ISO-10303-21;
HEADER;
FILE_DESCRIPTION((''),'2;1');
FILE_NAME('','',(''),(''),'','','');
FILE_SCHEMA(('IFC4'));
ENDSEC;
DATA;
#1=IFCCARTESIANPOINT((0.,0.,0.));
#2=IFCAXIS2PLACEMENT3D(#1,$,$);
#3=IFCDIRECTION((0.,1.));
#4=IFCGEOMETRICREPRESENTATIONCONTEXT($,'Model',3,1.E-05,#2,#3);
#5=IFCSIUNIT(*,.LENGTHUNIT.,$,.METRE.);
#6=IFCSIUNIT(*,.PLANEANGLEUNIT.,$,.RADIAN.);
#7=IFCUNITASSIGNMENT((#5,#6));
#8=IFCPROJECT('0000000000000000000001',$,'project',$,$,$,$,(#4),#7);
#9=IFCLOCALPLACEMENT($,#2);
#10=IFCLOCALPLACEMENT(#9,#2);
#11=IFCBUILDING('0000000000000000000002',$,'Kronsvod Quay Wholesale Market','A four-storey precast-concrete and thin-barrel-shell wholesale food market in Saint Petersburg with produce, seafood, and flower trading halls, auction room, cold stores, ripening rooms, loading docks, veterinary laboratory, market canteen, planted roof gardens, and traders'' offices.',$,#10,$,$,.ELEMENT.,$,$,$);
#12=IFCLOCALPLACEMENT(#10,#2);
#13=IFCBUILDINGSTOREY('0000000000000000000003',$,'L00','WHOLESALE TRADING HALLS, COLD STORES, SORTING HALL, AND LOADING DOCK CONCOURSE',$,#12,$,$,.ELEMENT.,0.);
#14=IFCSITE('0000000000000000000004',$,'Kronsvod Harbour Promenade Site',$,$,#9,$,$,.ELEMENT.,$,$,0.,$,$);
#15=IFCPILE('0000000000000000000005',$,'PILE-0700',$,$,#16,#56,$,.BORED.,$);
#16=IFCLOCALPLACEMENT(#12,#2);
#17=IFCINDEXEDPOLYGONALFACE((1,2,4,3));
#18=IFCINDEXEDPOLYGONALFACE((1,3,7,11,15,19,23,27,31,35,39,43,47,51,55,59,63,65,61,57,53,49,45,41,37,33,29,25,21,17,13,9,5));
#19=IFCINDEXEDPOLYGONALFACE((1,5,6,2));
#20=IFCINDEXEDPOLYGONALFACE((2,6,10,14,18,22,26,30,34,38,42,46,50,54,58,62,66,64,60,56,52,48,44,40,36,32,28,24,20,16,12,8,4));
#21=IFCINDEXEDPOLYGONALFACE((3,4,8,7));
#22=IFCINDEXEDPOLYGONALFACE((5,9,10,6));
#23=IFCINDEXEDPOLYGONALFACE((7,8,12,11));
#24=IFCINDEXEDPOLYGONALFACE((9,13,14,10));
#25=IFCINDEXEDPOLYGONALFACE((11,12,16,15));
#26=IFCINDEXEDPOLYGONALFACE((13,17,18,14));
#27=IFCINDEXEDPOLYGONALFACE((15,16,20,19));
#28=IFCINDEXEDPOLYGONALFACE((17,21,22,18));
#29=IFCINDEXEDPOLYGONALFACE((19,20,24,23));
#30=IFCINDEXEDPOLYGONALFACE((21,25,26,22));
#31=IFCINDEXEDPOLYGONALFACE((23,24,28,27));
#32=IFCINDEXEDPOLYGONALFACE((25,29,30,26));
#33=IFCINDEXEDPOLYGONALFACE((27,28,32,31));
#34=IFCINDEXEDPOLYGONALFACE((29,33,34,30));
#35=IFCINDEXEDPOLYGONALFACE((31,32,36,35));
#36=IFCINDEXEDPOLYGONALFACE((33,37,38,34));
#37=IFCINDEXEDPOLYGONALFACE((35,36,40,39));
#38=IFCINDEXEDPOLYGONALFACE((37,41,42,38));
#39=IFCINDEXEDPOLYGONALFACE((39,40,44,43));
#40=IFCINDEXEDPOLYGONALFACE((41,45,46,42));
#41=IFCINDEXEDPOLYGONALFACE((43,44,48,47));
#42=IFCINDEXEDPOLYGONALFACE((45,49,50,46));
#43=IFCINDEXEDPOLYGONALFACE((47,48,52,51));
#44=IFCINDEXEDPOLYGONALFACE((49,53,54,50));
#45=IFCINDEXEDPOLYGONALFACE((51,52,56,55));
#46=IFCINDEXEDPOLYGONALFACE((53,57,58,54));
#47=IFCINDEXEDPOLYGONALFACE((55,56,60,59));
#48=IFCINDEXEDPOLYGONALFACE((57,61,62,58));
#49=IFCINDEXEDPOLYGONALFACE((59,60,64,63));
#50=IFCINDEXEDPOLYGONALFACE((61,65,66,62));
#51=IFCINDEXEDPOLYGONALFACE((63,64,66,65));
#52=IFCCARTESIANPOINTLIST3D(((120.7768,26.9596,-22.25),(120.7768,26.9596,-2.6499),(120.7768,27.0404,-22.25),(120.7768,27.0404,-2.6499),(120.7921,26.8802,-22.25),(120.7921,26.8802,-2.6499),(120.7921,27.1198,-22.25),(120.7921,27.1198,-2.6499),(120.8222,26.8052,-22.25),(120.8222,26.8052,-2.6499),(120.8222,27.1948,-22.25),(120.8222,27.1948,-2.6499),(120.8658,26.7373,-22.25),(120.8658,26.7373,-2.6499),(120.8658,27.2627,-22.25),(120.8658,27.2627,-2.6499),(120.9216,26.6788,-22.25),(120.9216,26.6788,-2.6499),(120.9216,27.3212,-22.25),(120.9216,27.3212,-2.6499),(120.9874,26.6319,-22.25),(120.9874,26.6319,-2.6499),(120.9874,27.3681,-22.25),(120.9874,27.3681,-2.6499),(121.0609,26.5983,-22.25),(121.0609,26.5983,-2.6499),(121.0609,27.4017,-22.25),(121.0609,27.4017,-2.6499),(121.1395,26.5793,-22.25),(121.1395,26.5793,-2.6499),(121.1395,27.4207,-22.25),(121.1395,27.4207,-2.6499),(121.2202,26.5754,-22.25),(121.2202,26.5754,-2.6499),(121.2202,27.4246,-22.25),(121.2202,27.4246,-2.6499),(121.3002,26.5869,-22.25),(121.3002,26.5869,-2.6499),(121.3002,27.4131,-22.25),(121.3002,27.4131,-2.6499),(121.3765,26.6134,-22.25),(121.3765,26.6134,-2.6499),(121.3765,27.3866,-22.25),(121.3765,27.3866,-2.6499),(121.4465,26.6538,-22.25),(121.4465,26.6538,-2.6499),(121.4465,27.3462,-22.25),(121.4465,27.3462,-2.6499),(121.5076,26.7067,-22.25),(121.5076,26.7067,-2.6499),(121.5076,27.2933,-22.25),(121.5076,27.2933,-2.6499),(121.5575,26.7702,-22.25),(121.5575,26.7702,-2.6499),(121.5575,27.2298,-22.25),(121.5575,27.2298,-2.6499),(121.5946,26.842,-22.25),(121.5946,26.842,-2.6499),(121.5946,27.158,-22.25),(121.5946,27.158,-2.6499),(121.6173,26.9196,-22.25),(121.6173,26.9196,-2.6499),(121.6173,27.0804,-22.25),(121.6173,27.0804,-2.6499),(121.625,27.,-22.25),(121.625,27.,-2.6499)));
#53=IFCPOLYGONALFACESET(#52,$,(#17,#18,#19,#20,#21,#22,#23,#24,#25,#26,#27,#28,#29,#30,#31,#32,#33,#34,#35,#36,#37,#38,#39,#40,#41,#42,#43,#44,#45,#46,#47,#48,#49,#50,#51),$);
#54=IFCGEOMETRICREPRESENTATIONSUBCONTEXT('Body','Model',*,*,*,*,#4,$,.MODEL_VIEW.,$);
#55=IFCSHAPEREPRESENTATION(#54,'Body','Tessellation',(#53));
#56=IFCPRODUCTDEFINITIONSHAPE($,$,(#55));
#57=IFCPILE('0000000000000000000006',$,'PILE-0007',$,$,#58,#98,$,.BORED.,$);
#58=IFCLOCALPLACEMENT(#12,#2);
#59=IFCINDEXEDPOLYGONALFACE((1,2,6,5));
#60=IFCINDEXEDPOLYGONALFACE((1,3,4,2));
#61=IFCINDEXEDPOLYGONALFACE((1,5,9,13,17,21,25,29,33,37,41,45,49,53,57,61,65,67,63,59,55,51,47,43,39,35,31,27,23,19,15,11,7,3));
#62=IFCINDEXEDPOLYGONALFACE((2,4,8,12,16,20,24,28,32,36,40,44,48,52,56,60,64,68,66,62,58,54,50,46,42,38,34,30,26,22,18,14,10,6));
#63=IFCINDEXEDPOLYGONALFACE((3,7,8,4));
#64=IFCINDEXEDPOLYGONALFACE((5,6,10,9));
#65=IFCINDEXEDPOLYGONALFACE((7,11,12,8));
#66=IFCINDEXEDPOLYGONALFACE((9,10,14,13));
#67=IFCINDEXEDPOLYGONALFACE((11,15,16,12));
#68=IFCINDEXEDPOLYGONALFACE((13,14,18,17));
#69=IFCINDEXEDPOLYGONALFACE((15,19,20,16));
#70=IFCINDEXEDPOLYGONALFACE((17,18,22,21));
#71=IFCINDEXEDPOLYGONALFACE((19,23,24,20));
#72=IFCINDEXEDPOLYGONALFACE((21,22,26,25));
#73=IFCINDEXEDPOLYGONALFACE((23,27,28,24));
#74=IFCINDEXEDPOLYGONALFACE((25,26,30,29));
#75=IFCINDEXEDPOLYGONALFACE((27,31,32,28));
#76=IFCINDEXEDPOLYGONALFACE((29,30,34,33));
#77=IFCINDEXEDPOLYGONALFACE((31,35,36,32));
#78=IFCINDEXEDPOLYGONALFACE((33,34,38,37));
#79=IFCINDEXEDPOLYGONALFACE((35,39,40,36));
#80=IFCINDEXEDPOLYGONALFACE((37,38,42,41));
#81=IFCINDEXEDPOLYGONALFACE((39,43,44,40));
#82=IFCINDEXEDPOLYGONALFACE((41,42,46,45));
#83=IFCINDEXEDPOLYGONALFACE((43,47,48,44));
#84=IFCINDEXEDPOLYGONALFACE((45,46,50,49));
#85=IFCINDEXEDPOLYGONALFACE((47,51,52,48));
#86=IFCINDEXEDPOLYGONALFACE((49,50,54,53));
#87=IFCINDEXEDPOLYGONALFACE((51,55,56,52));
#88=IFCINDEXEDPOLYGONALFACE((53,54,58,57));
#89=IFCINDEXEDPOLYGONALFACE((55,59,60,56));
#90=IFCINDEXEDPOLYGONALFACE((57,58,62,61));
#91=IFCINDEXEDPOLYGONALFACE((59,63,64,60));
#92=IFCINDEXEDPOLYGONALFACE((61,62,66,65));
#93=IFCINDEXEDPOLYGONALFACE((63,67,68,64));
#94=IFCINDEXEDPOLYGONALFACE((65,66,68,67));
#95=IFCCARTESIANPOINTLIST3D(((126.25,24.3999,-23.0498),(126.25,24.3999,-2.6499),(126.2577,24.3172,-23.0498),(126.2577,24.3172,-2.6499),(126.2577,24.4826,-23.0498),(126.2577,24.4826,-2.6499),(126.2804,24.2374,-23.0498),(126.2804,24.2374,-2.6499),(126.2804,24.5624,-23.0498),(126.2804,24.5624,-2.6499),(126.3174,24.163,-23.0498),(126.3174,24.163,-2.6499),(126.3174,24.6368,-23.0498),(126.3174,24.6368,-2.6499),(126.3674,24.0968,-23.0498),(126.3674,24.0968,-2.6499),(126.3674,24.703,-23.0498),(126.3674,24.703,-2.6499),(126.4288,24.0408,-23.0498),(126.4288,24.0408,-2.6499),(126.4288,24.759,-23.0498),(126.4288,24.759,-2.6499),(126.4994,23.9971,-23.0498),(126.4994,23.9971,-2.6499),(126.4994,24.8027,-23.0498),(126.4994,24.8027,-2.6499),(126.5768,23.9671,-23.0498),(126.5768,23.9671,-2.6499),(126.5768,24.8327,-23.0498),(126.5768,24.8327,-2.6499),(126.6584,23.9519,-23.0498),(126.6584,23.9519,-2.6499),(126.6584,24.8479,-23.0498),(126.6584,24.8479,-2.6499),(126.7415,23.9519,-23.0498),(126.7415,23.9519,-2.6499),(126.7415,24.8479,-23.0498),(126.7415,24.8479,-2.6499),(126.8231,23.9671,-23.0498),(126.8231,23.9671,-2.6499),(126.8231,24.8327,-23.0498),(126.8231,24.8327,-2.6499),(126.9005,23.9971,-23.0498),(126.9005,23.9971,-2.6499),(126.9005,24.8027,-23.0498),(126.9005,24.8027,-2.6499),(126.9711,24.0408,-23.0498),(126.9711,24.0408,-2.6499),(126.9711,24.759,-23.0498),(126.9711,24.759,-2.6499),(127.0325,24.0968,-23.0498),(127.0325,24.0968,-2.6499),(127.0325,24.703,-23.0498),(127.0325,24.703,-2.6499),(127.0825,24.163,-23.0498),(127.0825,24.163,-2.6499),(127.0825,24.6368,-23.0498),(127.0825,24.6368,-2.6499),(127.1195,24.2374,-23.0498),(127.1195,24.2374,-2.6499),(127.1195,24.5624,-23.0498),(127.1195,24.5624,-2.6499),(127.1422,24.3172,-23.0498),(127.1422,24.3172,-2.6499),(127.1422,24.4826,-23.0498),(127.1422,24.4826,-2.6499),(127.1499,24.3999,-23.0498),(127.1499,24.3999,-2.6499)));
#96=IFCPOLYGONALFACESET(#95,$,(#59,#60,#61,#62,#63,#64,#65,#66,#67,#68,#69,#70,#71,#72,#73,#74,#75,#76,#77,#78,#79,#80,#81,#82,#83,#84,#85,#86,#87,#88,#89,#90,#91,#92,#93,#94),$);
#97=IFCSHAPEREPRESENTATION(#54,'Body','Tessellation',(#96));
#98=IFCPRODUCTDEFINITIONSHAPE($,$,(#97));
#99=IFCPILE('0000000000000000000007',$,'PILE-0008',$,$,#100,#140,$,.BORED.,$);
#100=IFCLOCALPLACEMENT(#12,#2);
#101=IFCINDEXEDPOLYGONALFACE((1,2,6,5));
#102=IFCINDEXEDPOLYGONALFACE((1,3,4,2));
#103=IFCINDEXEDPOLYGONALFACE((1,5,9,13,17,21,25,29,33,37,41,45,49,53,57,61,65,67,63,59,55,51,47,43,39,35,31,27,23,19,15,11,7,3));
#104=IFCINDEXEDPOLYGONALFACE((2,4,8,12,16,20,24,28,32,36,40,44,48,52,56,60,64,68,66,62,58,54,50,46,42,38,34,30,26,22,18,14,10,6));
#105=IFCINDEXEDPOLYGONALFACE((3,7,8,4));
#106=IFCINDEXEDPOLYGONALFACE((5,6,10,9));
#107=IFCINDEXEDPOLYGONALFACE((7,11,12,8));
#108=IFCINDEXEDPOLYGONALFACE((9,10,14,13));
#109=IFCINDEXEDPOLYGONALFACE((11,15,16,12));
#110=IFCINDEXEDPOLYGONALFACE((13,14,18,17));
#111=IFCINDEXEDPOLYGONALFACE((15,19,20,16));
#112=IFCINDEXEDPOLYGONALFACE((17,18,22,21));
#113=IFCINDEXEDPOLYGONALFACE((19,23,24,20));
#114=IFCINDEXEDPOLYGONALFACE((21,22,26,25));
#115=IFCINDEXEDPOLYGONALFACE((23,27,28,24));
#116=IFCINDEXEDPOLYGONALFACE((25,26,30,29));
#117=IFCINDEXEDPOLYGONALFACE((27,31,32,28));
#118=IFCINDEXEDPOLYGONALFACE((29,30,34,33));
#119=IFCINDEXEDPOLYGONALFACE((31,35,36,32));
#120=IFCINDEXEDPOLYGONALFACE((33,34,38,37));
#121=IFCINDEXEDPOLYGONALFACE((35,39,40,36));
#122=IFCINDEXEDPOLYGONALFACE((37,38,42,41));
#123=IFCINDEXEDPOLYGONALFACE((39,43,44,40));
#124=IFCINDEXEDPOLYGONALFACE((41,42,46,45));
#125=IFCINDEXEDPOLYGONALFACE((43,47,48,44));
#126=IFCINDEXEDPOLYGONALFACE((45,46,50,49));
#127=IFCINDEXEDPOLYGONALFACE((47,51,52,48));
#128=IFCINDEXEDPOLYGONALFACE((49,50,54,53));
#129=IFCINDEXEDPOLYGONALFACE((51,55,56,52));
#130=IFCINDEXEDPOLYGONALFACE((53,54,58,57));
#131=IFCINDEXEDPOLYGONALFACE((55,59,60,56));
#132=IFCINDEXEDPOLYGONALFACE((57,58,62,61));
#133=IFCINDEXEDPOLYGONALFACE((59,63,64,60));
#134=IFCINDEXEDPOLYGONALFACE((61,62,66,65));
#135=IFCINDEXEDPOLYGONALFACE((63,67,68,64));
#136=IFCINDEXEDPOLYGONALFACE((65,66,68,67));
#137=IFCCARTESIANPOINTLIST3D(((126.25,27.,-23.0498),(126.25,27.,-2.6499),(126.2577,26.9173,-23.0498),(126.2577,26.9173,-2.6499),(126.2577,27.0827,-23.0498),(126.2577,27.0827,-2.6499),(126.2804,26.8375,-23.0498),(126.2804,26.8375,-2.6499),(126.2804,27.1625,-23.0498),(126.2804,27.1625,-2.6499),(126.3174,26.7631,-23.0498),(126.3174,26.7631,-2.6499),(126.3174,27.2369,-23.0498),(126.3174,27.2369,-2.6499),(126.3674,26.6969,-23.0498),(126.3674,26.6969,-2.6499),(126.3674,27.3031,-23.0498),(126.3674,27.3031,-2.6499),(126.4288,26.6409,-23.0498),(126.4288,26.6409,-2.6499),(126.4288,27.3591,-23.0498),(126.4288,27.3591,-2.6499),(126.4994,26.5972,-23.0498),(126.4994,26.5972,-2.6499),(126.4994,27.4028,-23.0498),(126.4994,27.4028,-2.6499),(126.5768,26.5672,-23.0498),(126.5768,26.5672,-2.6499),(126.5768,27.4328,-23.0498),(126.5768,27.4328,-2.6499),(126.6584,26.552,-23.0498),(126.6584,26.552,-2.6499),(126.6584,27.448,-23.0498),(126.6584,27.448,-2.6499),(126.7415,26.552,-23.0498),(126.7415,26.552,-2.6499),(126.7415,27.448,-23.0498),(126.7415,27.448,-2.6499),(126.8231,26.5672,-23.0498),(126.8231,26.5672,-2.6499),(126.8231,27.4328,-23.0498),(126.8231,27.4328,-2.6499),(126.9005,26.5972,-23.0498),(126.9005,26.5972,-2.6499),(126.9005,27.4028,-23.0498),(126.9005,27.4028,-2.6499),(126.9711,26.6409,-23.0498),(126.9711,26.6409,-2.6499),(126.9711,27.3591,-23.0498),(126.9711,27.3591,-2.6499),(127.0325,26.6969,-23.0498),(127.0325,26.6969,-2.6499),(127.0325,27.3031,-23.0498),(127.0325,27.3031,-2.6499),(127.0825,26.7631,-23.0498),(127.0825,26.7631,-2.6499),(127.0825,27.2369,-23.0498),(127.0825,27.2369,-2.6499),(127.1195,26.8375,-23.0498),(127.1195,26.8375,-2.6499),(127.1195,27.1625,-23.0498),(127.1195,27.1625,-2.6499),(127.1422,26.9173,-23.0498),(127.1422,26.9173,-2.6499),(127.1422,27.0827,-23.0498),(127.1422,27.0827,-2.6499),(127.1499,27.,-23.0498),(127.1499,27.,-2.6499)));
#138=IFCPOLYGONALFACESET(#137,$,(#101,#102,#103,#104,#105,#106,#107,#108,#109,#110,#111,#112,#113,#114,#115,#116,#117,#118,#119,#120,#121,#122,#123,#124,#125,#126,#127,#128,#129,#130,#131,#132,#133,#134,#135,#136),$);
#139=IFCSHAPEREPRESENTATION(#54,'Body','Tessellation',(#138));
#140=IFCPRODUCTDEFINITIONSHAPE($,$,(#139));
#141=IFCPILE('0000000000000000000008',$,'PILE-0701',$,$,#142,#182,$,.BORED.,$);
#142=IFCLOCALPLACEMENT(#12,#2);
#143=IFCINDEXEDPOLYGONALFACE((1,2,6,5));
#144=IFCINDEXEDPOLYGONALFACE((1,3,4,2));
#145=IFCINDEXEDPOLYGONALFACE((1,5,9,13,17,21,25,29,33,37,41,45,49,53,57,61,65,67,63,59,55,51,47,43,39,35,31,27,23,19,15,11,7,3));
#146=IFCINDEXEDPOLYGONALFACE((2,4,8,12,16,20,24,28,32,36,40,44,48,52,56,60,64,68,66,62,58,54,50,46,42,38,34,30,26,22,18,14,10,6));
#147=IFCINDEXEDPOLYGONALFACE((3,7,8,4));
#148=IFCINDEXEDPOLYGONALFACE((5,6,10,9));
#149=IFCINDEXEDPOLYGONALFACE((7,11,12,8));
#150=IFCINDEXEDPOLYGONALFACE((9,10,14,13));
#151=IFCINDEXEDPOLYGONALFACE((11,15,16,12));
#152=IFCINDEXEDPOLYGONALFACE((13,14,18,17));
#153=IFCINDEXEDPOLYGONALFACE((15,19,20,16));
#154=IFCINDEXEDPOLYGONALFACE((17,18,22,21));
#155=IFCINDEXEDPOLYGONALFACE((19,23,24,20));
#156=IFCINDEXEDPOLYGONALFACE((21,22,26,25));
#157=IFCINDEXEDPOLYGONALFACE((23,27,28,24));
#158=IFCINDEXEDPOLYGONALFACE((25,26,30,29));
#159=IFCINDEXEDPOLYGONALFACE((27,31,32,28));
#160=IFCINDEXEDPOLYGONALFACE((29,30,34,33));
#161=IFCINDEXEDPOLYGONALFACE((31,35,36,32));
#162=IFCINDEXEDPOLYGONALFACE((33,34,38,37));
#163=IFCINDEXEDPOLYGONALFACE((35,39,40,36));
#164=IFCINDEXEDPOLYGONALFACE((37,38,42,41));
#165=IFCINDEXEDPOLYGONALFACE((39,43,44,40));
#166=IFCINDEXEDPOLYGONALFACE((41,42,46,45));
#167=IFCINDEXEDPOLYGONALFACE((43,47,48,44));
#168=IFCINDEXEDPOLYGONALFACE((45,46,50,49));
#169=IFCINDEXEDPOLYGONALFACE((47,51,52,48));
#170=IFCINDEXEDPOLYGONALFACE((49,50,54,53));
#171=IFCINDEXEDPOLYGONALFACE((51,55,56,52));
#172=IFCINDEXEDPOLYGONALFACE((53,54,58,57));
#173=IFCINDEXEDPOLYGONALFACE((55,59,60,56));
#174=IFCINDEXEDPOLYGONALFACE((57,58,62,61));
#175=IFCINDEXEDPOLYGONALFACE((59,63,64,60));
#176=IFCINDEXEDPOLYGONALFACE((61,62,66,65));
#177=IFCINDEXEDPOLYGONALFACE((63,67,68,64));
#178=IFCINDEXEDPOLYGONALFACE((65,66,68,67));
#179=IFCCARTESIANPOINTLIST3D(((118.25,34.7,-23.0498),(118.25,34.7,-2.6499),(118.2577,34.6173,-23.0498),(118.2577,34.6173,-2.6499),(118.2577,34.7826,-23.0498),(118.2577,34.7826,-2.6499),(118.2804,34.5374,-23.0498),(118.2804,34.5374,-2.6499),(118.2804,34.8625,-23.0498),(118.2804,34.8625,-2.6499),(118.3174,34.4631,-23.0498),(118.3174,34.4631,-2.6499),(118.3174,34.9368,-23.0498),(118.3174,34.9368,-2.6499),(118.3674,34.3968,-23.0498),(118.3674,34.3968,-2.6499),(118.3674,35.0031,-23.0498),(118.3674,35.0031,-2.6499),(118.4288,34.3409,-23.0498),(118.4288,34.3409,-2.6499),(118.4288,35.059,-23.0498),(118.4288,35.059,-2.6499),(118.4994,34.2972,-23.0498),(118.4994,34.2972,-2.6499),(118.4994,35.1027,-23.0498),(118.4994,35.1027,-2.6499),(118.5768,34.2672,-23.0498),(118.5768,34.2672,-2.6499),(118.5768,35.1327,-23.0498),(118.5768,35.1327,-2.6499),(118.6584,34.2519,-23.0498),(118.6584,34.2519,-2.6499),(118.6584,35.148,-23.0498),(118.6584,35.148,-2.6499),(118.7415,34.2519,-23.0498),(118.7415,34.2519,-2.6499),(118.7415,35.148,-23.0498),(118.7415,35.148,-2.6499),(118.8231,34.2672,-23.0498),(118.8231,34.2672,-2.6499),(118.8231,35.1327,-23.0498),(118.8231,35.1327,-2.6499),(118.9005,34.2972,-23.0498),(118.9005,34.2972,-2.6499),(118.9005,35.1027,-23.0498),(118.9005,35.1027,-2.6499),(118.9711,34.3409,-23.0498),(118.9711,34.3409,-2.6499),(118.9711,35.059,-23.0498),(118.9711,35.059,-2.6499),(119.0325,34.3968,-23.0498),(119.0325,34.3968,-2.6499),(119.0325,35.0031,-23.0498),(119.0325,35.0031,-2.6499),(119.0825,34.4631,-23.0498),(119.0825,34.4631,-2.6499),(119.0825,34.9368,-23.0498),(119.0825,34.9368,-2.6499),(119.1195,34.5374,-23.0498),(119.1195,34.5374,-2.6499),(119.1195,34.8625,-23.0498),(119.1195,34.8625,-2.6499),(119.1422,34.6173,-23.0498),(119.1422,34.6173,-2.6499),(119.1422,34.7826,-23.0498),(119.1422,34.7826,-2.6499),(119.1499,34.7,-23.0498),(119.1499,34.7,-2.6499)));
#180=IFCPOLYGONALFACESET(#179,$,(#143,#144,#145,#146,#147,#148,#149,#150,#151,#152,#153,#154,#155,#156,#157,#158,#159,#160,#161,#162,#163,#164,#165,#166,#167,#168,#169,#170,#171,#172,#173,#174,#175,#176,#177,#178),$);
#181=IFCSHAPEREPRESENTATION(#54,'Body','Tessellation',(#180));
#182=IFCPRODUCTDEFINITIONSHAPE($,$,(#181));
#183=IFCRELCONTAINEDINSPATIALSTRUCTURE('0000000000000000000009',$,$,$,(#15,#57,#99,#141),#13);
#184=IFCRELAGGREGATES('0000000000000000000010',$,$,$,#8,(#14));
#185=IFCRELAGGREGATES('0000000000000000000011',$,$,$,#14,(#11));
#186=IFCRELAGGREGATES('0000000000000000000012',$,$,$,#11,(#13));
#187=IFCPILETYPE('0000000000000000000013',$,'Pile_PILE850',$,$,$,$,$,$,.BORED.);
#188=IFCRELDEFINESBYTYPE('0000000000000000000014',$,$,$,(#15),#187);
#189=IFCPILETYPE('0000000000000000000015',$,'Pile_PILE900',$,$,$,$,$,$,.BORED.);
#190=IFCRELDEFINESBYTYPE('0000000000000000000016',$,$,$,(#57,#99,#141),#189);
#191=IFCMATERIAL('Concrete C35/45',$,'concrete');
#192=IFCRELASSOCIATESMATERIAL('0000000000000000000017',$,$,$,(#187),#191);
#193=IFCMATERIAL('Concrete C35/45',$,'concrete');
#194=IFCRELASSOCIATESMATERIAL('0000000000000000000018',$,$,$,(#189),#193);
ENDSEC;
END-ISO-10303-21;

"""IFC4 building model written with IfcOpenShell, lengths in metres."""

from ifc_helpers import new_model, si_unit, direction, frame, origin, origin_2d, place, context, subcontext, project, spatial, circle, extrude, material, material_profile, profile_set, type_object, element, save


model = new_model("IFC4")

# Units and contexts
model_context = context("Model", 3, precision=1e-05, world=origin(), true_north=direction((0.0, 1.0)))
body_context = subcontext(model_context, "Body", "Model", "MODEL_VIEW")
ifc_project = project(units=[si_unit("LENGTHUNIT", "METRE"), si_unit("PLANEANGLEUNIT", "RADIAN")], contexts=[model_context])

# Site, building, storey
site_placement = place(None, origin())
site = spatial("IfcSite", under=ifc_project, at=site_placement, Name="Kronsvod Harbour Promenade Site", CompositionType="ELEMENT", RefElevation=0.0)
building_placement = place(site_placement, origin())
building = spatial("IfcBuilding", under=site, at=building_placement, Name="Kronsvod Quay Wholesale Market", Description="A four-storey precast-concrete and thin-barrel-shell wholesale food market in Saint Petersburg with produce, seafood, and flower trading halls, auction room, cold stores, ripening rooms, loading docks, veterinary laboratory, market canteen, planted roof gardens, and traders' offices.", CompositionType="ELEMENT")
storey_placement = place(building_placement, origin())
storey = spatial("IfcBuildingStorey", under=building, at=storey_placement, Name="L00", Description="WHOLESALE TRADING HALLS, COLD STORES, SORTING HALL, AND LOADING DOCK CONCOURSE", CompositionType="ELEMENT", Elevation=0.0)

# Piles
ifc_material_1 = material(Name="Concrete C35/45", Category="concrete")
ifc_material_profile_1 = material_profile(ifc_material_1, circle(Radius=0.425, at=origin_2d()), Name="PILE850")
ifc_profile_set_1 = profile_set([ifc_material_profile_1], Name="Concrete C35/45")
pile_type_1 = type_object("IfcPileType", Name="Pile_PILE850", PredefinedType="BORED", material=ifc_profile_set_1)
for number, where, z_axis, x_axis, name in (
    (1, (121.2, 27.0, -2.6499), (0.0, 0.0, -1.0), (1.0, 0.0, 0.0), "PILE-0700"),
):
    element("IfcPile", number, at=place(storey_placement, frame(where, z_axis=z_axis, x_axis=x_axis)), inside=storey, type_object=pile_type_1, Name=name, PredefinedType="BORED", context=body_context, shape_type="SweptSolid", body=[
        extrude(circle(Radius=0.425, at=origin_2d()), origin(), (0.0, 0.0, 1.0), 19.6001),
    ])
ifc_material_2 = material(Name="Concrete C35/45", Category="concrete")
ifc_material_profile_2 = material_profile(ifc_material_2, circle(Radius=0.45, at=origin_2d()), Name="PILE900")
ifc_profile_set_2 = profile_set([ifc_material_profile_2], Name="Concrete C35/45")
pile_type_2 = type_object("IfcPileType", Name="Pile_PILE900", PredefinedType="BORED", material=ifc_profile_set_2)
for number, where, z_axis, x_axis, name in (
    (2, (126.7, 24.3999, -2.6499), (0.0, 0.0, -1.0), (1.0, 0.0, 0.0), "PILE-0007"),
    (3, (126.7, 27.0, -2.6499), (0.0, 0.0, -1.0), (1.0, 0.0, 0.0), "PILE-0008"),
    (4, (118.7, 34.7, -2.6499), (0.0, 0.0, -1.0), (1.0, 0.0, 0.0), "PILE-0701"),
):
    element("IfcPile", number, at=place(storey_placement, frame(where, z_axis=z_axis, x_axis=x_axis)), inside=storey, type_object=pile_type_2, Name=name, PredefinedType="BORED", context=body_context, shape_type="SweptSolid", body=[
        extrude(circle(Radius=0.45, at=origin_2d()), origin(), (0.0, 0.0, 1.0), 20.3999),
    ])

save(model, "model.ifc")
